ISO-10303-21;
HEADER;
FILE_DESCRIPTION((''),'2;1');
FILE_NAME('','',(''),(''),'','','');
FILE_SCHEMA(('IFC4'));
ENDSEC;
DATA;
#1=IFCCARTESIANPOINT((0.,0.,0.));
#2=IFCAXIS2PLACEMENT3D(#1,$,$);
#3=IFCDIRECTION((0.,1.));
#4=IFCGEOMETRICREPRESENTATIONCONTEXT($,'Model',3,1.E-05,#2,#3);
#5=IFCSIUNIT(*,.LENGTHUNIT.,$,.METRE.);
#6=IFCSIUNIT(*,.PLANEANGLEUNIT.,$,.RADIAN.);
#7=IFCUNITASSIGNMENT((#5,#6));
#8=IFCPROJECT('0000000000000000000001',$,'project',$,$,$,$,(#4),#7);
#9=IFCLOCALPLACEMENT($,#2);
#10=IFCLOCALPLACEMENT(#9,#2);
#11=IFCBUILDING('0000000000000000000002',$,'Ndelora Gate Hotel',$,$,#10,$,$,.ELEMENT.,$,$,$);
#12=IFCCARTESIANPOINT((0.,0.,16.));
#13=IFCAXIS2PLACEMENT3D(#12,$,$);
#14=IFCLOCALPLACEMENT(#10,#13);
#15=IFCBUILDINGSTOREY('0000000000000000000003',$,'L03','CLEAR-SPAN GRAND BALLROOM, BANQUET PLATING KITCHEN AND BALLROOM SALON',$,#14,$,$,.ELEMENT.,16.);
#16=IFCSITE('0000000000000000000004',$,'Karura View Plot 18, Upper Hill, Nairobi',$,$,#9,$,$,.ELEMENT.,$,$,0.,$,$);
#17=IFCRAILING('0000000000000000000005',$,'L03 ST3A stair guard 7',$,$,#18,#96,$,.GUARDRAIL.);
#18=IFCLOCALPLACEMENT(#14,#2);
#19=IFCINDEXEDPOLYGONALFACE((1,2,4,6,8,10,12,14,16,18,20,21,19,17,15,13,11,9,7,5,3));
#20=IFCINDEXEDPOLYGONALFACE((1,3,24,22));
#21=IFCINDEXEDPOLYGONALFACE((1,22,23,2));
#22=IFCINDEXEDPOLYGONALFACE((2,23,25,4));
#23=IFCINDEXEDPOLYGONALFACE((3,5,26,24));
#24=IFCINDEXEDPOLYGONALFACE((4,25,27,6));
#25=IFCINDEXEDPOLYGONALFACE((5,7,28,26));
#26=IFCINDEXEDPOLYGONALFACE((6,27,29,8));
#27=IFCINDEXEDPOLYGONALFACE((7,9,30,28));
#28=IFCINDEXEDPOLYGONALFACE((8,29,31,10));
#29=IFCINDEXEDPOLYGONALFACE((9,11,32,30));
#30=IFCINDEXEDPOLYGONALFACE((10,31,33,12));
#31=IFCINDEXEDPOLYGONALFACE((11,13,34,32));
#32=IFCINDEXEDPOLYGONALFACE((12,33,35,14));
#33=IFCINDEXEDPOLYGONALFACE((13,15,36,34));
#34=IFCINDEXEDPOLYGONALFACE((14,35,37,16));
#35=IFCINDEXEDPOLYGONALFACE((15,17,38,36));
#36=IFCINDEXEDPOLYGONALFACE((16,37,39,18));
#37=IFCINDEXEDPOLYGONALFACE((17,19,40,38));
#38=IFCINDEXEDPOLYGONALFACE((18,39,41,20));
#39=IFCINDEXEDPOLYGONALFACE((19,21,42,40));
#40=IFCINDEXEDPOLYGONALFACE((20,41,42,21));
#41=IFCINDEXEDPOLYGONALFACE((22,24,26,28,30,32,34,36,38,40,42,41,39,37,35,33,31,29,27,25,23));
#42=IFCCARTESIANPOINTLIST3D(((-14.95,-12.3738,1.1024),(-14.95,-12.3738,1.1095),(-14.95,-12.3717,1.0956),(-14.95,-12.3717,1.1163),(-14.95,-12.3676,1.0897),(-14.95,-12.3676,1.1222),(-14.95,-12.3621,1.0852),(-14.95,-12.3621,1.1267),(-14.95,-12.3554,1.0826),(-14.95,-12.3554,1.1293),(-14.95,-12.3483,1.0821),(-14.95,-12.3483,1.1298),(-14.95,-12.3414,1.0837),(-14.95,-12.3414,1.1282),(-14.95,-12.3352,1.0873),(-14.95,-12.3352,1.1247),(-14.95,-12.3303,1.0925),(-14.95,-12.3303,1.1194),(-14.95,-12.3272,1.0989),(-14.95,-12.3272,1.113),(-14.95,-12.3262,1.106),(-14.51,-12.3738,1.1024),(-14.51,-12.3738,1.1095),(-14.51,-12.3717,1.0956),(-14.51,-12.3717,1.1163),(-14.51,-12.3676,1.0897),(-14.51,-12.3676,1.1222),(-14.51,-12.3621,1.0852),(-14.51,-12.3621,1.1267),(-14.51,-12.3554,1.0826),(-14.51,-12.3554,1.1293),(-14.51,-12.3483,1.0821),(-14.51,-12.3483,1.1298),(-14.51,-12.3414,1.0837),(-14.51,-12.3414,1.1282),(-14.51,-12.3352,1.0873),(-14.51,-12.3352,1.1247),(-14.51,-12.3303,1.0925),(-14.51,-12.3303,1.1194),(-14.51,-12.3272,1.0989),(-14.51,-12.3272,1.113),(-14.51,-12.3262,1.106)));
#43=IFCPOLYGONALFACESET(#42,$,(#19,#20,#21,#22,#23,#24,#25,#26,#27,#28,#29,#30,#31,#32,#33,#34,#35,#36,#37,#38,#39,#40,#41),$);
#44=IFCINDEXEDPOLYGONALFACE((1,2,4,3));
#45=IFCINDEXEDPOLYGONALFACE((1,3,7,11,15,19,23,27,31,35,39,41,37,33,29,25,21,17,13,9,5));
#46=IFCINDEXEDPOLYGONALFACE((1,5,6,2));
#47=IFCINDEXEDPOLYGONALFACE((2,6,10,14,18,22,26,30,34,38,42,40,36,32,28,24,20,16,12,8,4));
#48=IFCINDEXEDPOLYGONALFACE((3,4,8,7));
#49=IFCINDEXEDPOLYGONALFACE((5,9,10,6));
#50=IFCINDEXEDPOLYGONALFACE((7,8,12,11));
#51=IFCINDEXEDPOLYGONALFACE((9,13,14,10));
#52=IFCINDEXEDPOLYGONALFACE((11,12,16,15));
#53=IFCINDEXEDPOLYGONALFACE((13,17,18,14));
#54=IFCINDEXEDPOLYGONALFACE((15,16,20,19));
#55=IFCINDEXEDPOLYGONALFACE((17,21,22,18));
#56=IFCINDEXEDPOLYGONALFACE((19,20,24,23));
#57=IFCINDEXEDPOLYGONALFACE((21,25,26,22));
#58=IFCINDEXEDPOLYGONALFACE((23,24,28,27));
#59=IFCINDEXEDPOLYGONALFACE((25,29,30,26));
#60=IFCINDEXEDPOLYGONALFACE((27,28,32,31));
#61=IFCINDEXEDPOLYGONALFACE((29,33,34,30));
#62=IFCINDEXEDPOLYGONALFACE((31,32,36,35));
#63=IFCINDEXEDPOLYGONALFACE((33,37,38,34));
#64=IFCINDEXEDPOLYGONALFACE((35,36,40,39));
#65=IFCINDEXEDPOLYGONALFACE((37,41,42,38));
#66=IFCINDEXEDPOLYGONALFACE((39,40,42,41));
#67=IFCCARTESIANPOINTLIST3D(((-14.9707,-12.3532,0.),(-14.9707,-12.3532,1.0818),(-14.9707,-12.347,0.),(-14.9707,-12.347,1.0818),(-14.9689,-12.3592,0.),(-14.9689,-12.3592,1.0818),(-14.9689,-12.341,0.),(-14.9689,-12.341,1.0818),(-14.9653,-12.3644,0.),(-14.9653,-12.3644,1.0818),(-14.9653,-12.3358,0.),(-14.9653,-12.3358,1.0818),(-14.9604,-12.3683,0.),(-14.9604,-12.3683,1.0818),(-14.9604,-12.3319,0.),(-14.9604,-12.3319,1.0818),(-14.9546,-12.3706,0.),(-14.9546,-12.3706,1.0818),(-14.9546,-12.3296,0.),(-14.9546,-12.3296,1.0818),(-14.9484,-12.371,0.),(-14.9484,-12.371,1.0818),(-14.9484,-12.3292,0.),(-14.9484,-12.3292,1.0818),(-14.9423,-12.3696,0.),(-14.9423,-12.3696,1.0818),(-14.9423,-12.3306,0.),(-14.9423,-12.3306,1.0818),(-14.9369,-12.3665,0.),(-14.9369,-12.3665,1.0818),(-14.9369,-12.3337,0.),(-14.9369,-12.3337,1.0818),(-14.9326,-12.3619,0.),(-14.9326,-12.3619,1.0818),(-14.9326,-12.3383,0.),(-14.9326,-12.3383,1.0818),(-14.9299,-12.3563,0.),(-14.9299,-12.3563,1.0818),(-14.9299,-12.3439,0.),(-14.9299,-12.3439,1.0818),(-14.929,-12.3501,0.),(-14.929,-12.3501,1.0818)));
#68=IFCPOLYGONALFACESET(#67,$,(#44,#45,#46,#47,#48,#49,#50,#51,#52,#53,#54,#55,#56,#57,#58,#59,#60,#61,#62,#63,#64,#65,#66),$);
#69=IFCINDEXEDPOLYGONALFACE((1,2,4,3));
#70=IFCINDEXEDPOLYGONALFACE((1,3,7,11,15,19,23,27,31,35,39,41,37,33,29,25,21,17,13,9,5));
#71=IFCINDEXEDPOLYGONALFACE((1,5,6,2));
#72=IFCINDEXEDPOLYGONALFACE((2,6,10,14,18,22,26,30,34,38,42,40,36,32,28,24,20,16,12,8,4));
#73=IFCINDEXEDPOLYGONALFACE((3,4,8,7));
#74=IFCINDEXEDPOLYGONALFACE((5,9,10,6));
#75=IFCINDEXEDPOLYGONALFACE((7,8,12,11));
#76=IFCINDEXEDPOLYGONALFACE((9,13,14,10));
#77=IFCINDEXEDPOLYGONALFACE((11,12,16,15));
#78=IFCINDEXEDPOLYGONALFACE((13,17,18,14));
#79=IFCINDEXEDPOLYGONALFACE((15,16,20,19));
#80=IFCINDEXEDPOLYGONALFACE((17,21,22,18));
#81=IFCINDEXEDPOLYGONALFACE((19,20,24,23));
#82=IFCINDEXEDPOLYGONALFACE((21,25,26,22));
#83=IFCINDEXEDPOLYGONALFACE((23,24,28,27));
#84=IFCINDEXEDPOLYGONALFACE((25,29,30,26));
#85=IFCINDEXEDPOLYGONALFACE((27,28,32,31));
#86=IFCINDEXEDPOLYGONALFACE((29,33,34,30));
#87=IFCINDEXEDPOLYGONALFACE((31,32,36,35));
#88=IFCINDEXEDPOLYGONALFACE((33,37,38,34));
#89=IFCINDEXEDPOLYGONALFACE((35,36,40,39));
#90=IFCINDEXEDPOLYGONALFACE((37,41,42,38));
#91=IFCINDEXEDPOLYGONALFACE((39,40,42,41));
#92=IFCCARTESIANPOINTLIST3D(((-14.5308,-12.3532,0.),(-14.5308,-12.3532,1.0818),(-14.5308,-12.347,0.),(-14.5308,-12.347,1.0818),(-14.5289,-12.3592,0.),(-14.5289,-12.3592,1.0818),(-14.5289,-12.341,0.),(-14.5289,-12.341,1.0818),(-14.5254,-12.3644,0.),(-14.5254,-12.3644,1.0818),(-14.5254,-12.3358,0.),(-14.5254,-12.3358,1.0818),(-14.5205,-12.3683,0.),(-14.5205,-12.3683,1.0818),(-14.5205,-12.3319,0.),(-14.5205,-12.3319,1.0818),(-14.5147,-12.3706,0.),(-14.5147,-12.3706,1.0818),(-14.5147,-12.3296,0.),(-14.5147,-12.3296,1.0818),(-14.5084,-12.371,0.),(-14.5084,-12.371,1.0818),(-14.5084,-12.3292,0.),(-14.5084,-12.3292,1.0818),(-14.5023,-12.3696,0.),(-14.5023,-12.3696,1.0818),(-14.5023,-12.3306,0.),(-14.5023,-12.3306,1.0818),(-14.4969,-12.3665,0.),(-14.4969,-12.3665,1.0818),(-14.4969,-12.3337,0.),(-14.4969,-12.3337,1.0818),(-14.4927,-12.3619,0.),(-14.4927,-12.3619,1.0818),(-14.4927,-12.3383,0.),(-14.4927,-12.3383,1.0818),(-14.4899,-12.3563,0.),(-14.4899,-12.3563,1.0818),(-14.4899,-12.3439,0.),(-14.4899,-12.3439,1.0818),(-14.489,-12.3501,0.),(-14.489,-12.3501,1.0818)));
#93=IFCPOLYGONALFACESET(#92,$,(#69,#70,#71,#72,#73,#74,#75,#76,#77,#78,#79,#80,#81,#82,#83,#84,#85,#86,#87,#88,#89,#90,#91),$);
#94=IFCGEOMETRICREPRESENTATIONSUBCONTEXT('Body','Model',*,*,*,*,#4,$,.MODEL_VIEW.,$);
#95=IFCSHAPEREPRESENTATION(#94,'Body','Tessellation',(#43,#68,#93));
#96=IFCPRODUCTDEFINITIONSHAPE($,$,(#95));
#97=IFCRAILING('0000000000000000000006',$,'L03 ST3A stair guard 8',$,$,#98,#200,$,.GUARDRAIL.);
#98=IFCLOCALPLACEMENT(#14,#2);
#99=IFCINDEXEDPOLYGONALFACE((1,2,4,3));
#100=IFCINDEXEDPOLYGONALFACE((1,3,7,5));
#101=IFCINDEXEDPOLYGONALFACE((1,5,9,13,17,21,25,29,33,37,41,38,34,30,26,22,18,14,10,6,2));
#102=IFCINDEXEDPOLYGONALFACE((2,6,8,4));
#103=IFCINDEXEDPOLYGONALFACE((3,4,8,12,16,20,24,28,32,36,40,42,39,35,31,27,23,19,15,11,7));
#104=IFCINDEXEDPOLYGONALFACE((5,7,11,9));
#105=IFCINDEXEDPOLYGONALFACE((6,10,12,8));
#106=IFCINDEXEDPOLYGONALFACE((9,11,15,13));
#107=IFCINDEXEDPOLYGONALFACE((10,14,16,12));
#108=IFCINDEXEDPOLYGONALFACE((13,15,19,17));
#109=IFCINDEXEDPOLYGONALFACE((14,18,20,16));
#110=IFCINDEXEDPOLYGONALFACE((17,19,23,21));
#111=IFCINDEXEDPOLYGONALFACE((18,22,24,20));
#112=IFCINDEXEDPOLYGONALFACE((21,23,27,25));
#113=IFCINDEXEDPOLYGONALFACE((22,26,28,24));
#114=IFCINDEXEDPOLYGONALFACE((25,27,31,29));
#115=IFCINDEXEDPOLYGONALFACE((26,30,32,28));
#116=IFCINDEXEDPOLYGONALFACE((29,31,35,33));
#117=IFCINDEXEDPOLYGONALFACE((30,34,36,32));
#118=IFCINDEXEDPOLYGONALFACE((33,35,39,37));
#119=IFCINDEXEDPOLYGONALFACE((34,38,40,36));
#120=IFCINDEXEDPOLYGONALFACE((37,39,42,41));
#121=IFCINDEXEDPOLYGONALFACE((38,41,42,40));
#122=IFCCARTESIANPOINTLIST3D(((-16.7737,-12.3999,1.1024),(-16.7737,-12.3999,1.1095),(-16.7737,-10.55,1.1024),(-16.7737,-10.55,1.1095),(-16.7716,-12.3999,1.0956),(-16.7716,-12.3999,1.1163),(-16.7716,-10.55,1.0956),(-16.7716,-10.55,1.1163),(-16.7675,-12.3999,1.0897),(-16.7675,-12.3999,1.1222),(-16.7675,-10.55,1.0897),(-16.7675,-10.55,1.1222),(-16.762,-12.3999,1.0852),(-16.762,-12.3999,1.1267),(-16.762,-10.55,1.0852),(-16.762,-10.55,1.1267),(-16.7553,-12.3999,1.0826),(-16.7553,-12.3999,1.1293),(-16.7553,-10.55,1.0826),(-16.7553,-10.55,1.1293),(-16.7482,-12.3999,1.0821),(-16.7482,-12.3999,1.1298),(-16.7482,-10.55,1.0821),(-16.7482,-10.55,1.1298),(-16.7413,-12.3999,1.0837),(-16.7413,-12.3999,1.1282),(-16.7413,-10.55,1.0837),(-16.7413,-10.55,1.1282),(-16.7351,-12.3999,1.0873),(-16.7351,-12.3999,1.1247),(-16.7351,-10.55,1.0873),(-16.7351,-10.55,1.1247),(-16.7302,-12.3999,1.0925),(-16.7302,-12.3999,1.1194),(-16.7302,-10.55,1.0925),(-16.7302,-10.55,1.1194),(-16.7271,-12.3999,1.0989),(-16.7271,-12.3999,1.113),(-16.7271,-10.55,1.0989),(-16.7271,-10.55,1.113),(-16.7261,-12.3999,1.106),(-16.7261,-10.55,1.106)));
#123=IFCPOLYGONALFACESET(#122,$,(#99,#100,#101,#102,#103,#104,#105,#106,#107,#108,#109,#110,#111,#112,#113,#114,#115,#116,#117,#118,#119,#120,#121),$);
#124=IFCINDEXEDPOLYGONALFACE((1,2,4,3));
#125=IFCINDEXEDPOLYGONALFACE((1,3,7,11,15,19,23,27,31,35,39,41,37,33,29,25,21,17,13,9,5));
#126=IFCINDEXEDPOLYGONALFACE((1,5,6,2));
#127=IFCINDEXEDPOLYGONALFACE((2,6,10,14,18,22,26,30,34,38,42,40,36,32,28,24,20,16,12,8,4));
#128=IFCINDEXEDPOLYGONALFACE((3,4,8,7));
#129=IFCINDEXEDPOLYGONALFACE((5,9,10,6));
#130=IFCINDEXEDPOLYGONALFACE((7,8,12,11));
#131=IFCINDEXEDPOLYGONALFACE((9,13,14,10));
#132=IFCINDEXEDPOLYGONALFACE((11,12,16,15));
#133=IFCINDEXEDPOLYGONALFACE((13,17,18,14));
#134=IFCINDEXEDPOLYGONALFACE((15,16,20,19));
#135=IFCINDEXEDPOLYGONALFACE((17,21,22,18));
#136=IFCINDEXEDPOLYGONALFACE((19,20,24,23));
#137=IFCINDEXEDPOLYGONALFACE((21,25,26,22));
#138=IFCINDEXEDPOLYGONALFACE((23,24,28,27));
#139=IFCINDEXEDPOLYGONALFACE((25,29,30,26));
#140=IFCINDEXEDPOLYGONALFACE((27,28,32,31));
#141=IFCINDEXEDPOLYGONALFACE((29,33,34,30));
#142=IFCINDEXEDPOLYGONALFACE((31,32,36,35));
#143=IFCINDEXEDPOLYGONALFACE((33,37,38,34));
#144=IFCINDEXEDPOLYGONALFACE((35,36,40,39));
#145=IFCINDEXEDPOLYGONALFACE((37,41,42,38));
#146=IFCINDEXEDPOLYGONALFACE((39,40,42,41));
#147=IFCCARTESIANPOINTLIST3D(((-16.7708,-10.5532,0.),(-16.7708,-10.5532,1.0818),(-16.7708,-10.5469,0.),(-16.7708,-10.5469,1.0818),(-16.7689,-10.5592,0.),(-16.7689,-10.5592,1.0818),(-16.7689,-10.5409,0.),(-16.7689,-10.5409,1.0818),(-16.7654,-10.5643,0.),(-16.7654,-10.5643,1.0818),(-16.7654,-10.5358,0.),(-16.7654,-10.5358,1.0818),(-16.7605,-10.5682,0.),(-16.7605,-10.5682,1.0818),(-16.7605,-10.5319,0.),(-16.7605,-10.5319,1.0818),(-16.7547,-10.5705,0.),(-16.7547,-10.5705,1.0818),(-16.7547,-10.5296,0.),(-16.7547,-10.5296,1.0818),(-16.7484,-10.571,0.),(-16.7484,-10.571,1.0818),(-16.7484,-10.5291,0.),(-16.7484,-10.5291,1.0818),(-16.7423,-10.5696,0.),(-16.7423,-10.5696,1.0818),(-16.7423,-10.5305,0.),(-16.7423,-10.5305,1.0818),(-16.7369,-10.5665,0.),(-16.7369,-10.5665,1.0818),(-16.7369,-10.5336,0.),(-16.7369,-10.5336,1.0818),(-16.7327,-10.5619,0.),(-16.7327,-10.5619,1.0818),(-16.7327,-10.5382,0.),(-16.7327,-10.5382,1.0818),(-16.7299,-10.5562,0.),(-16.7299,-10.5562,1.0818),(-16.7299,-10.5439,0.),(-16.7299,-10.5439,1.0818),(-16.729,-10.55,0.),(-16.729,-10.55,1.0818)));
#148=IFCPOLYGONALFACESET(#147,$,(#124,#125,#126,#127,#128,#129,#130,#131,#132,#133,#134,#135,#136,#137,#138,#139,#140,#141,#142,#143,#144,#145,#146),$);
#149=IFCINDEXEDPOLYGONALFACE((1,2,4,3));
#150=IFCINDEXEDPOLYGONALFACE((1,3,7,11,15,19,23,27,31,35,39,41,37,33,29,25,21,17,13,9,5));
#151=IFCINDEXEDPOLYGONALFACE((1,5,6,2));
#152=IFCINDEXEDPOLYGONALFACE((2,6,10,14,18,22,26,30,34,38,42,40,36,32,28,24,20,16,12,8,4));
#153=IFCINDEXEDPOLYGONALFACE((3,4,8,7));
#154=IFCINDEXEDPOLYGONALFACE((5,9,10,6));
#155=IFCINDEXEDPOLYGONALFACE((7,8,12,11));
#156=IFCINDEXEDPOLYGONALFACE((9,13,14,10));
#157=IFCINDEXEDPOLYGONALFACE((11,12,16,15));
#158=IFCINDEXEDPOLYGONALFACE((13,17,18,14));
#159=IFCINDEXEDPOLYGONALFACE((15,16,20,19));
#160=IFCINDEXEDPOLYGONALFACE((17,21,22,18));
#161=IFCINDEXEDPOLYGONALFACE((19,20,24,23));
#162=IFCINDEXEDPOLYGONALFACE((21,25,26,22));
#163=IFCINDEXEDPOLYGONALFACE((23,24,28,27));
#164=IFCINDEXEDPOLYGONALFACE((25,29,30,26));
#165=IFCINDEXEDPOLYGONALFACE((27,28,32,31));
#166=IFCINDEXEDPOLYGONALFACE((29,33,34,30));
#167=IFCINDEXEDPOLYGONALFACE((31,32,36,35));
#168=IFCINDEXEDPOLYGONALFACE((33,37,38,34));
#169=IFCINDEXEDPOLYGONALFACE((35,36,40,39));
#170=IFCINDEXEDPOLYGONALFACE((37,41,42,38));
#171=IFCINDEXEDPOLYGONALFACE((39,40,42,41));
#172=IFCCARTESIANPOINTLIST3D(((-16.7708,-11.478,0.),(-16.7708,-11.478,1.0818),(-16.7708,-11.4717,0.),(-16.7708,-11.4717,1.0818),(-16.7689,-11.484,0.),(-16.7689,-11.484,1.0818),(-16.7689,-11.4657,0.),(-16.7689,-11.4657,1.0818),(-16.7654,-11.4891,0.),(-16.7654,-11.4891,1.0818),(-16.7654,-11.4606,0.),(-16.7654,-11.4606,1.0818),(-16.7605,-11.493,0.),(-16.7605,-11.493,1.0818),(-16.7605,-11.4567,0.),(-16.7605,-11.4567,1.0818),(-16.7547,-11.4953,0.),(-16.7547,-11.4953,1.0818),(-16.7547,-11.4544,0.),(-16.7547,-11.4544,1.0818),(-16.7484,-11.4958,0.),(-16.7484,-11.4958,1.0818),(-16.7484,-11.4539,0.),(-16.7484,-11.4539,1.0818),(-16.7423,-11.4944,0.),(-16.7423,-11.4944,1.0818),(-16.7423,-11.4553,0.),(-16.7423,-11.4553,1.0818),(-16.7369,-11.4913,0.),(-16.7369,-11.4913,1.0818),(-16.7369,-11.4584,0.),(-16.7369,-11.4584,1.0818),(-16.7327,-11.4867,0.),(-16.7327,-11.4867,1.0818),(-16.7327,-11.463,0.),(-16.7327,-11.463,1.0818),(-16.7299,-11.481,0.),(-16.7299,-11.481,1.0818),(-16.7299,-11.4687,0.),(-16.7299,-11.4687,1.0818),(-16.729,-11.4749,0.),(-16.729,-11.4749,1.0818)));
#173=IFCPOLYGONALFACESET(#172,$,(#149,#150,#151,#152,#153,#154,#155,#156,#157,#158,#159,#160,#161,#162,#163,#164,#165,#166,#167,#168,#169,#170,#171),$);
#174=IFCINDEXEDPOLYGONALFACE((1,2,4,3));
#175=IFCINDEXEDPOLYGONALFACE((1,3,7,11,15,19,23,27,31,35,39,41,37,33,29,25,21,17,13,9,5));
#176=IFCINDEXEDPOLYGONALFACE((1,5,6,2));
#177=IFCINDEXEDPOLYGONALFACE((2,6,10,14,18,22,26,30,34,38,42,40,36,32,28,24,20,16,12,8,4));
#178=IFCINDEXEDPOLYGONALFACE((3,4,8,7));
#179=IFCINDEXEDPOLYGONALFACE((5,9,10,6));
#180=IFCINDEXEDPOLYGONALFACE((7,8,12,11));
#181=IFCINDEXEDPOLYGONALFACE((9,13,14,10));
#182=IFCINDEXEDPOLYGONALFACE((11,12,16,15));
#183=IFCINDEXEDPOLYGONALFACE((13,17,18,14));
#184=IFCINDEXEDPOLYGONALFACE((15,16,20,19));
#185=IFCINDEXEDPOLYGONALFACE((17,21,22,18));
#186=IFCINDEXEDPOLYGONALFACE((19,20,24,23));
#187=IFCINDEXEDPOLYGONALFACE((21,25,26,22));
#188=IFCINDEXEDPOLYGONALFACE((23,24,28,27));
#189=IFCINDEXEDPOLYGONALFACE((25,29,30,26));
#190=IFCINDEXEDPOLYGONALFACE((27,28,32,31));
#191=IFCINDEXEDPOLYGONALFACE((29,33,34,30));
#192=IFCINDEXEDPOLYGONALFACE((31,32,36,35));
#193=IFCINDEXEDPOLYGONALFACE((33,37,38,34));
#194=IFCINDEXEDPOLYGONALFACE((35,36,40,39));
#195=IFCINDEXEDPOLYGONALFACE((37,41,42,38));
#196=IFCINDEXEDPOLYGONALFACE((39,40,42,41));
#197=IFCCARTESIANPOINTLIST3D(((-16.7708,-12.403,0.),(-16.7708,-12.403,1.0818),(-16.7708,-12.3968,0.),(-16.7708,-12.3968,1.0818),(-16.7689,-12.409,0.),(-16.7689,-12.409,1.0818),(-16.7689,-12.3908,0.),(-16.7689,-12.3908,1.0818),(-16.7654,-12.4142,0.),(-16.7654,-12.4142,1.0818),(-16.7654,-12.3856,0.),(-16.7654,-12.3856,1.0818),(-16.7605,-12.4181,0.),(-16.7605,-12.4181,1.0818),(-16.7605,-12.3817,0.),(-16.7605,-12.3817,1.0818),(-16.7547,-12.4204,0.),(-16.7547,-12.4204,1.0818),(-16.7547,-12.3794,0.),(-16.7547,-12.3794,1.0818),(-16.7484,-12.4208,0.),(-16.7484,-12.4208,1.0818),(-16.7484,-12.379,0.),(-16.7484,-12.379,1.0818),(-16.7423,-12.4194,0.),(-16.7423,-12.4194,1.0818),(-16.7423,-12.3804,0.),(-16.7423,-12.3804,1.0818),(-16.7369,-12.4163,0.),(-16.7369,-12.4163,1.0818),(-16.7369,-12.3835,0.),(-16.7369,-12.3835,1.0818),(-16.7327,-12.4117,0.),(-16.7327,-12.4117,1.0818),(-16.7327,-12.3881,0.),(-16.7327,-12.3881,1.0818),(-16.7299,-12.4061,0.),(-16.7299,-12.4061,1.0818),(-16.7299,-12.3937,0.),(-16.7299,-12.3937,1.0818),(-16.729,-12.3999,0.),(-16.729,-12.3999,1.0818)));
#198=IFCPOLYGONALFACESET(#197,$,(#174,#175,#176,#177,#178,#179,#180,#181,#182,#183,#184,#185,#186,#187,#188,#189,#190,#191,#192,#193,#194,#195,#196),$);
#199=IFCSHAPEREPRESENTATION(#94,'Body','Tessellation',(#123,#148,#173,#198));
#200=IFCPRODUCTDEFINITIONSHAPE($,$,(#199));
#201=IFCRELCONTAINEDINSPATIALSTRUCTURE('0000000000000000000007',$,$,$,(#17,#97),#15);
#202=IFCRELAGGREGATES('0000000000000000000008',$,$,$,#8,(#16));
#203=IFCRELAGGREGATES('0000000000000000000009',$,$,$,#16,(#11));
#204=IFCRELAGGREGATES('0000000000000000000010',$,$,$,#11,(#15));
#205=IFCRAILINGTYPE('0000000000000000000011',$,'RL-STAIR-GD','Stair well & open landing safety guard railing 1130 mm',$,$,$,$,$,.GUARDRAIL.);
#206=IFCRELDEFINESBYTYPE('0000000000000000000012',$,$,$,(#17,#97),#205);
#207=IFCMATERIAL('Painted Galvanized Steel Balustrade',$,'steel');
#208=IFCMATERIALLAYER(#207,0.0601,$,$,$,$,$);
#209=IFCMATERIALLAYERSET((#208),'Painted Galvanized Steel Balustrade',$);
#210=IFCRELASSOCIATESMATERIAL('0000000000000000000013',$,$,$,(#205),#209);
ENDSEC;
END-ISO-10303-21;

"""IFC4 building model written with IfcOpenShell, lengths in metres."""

from ifc_helpers import new_model, si_unit, direction, frame, origin, origin_2d, place, context, subcontext, project, spatial, circle, extrude, material, layer, layer_set, type_object, element, save


model = new_model("IFC4")

# Units and contexts
model_context = context("Model", 3, precision=1e-05, world=origin(), true_north=direction((0.0, 1.0)))
body_context = subcontext(model_context, "Body", "Model", "MODEL_VIEW")
ifc_project = project(units=[si_unit("LENGTHUNIT", "METRE"), si_unit("PLANEANGLEUNIT", "RADIAN")], contexts=[model_context])

# Site, building, storey
site_placement = place(None, origin())
site = spatial("IfcSite", under=ifc_project, at=site_placement, Name="Karura View Plot 18, Upper Hill, Nairobi", CompositionType="ELEMENT", RefElevation=0.0)
building_placement = place(site_placement, origin())
building = spatial("IfcBuilding", under=site, at=building_placement, Name="Ndelora Gate Hotel", CompositionType="ELEMENT")
storey_placement = place(building_placement, frame((0.0, 0.0, 16.0)))
storey = spatial("IfcBuildingStorey", under=building, at=storey_placement, Name="L03", Description="CLEAR-SPAN GRAND BALLROOM, BANQUET PLATING KITCHEN AND BALLROOM SALON", CompositionType="ELEMENT", Elevation=16.0)

# Railings
ifc_material_1 = material(Name="Painted Galvanized Steel Balustrade", Category="steel")
ifc_layer_1 = layer(ifc_material_1, 0.0601)
ifc_layer_set_1 = layer_set([ifc_layer_1], Name="Painted Galvanized Steel Balustrade")
railing_type_1 = type_object("IfcRailingType", Name="RL-STAIR-GD", Description="Stair well & open landing safety guard railing 1130 mm", PredefinedType="GUARDRAIL", material=ifc_layer_set_1)
railing_1_placement = place(storey_placement, frame((-14.95, -12.3501, 0.0)))
element("IfcRailing", 1, at=railing_1_placement, inside=storey, type_object=railing_type_1, Name="L03 ST3A stair guard 7", PredefinedType="GUARDRAIL", context=body_context, shape_type="SweptSolid", body=[
    extrude(circle(Radius=0.0239, at=origin_2d()), frame((0.0, 0.0, 1.106), z_axis=(1.0, 0.0, 0.0), x_axis=(0.0, 1.0, 0.0)), (0.0, 0.0, 1.0), 0.4399),
    extrude(circle(Radius=0.021, at=origin_2d()), origin(), (0.0, 0.0, 1.0), 1.0818),
    extrude(circle(Radius=0.021, at=origin_2d()), frame((0.4399, 0.0, 0.0)), (0.0, 0.0, 1.0), 1.0818),
])
railing_2_placement = place(storey_placement, frame((-16.75, -10.55, 0.0)))
element("IfcRailing", 2, at=railing_2_placement, inside=storey, type_object=railing_type_1, Name="L03 ST3A stair guard 8", PredefinedType="GUARDRAIL", context=body_context, shape_type="SweptSolid", body=[
    extrude(circle(Radius=0.0239, at=origin_2d()), frame((0.0, 0.0, 1.106), z_axis=(0.0, -1.0, 0.0), x_axis=(1.0, 0.0, 0.0)), (0.0, 0.0, 1.0), 1.8499),
    extrude(circle(Radius=0.021, at=origin_2d()), origin(), (0.0, 0.0, 1.0), 1.0818),
    extrude(circle(Radius=0.021, at=origin_2d()), frame((0.0, -0.9248, 0.0)), (0.0, 0.0, 1.0), 1.0818),
    extrude(circle(Radius=0.021, at=origin_2d()), frame((0.0, -1.8499, 0.0)), (0.0, 0.0, 1.0), 1.0818),
])

save(model, "model.ifc")
